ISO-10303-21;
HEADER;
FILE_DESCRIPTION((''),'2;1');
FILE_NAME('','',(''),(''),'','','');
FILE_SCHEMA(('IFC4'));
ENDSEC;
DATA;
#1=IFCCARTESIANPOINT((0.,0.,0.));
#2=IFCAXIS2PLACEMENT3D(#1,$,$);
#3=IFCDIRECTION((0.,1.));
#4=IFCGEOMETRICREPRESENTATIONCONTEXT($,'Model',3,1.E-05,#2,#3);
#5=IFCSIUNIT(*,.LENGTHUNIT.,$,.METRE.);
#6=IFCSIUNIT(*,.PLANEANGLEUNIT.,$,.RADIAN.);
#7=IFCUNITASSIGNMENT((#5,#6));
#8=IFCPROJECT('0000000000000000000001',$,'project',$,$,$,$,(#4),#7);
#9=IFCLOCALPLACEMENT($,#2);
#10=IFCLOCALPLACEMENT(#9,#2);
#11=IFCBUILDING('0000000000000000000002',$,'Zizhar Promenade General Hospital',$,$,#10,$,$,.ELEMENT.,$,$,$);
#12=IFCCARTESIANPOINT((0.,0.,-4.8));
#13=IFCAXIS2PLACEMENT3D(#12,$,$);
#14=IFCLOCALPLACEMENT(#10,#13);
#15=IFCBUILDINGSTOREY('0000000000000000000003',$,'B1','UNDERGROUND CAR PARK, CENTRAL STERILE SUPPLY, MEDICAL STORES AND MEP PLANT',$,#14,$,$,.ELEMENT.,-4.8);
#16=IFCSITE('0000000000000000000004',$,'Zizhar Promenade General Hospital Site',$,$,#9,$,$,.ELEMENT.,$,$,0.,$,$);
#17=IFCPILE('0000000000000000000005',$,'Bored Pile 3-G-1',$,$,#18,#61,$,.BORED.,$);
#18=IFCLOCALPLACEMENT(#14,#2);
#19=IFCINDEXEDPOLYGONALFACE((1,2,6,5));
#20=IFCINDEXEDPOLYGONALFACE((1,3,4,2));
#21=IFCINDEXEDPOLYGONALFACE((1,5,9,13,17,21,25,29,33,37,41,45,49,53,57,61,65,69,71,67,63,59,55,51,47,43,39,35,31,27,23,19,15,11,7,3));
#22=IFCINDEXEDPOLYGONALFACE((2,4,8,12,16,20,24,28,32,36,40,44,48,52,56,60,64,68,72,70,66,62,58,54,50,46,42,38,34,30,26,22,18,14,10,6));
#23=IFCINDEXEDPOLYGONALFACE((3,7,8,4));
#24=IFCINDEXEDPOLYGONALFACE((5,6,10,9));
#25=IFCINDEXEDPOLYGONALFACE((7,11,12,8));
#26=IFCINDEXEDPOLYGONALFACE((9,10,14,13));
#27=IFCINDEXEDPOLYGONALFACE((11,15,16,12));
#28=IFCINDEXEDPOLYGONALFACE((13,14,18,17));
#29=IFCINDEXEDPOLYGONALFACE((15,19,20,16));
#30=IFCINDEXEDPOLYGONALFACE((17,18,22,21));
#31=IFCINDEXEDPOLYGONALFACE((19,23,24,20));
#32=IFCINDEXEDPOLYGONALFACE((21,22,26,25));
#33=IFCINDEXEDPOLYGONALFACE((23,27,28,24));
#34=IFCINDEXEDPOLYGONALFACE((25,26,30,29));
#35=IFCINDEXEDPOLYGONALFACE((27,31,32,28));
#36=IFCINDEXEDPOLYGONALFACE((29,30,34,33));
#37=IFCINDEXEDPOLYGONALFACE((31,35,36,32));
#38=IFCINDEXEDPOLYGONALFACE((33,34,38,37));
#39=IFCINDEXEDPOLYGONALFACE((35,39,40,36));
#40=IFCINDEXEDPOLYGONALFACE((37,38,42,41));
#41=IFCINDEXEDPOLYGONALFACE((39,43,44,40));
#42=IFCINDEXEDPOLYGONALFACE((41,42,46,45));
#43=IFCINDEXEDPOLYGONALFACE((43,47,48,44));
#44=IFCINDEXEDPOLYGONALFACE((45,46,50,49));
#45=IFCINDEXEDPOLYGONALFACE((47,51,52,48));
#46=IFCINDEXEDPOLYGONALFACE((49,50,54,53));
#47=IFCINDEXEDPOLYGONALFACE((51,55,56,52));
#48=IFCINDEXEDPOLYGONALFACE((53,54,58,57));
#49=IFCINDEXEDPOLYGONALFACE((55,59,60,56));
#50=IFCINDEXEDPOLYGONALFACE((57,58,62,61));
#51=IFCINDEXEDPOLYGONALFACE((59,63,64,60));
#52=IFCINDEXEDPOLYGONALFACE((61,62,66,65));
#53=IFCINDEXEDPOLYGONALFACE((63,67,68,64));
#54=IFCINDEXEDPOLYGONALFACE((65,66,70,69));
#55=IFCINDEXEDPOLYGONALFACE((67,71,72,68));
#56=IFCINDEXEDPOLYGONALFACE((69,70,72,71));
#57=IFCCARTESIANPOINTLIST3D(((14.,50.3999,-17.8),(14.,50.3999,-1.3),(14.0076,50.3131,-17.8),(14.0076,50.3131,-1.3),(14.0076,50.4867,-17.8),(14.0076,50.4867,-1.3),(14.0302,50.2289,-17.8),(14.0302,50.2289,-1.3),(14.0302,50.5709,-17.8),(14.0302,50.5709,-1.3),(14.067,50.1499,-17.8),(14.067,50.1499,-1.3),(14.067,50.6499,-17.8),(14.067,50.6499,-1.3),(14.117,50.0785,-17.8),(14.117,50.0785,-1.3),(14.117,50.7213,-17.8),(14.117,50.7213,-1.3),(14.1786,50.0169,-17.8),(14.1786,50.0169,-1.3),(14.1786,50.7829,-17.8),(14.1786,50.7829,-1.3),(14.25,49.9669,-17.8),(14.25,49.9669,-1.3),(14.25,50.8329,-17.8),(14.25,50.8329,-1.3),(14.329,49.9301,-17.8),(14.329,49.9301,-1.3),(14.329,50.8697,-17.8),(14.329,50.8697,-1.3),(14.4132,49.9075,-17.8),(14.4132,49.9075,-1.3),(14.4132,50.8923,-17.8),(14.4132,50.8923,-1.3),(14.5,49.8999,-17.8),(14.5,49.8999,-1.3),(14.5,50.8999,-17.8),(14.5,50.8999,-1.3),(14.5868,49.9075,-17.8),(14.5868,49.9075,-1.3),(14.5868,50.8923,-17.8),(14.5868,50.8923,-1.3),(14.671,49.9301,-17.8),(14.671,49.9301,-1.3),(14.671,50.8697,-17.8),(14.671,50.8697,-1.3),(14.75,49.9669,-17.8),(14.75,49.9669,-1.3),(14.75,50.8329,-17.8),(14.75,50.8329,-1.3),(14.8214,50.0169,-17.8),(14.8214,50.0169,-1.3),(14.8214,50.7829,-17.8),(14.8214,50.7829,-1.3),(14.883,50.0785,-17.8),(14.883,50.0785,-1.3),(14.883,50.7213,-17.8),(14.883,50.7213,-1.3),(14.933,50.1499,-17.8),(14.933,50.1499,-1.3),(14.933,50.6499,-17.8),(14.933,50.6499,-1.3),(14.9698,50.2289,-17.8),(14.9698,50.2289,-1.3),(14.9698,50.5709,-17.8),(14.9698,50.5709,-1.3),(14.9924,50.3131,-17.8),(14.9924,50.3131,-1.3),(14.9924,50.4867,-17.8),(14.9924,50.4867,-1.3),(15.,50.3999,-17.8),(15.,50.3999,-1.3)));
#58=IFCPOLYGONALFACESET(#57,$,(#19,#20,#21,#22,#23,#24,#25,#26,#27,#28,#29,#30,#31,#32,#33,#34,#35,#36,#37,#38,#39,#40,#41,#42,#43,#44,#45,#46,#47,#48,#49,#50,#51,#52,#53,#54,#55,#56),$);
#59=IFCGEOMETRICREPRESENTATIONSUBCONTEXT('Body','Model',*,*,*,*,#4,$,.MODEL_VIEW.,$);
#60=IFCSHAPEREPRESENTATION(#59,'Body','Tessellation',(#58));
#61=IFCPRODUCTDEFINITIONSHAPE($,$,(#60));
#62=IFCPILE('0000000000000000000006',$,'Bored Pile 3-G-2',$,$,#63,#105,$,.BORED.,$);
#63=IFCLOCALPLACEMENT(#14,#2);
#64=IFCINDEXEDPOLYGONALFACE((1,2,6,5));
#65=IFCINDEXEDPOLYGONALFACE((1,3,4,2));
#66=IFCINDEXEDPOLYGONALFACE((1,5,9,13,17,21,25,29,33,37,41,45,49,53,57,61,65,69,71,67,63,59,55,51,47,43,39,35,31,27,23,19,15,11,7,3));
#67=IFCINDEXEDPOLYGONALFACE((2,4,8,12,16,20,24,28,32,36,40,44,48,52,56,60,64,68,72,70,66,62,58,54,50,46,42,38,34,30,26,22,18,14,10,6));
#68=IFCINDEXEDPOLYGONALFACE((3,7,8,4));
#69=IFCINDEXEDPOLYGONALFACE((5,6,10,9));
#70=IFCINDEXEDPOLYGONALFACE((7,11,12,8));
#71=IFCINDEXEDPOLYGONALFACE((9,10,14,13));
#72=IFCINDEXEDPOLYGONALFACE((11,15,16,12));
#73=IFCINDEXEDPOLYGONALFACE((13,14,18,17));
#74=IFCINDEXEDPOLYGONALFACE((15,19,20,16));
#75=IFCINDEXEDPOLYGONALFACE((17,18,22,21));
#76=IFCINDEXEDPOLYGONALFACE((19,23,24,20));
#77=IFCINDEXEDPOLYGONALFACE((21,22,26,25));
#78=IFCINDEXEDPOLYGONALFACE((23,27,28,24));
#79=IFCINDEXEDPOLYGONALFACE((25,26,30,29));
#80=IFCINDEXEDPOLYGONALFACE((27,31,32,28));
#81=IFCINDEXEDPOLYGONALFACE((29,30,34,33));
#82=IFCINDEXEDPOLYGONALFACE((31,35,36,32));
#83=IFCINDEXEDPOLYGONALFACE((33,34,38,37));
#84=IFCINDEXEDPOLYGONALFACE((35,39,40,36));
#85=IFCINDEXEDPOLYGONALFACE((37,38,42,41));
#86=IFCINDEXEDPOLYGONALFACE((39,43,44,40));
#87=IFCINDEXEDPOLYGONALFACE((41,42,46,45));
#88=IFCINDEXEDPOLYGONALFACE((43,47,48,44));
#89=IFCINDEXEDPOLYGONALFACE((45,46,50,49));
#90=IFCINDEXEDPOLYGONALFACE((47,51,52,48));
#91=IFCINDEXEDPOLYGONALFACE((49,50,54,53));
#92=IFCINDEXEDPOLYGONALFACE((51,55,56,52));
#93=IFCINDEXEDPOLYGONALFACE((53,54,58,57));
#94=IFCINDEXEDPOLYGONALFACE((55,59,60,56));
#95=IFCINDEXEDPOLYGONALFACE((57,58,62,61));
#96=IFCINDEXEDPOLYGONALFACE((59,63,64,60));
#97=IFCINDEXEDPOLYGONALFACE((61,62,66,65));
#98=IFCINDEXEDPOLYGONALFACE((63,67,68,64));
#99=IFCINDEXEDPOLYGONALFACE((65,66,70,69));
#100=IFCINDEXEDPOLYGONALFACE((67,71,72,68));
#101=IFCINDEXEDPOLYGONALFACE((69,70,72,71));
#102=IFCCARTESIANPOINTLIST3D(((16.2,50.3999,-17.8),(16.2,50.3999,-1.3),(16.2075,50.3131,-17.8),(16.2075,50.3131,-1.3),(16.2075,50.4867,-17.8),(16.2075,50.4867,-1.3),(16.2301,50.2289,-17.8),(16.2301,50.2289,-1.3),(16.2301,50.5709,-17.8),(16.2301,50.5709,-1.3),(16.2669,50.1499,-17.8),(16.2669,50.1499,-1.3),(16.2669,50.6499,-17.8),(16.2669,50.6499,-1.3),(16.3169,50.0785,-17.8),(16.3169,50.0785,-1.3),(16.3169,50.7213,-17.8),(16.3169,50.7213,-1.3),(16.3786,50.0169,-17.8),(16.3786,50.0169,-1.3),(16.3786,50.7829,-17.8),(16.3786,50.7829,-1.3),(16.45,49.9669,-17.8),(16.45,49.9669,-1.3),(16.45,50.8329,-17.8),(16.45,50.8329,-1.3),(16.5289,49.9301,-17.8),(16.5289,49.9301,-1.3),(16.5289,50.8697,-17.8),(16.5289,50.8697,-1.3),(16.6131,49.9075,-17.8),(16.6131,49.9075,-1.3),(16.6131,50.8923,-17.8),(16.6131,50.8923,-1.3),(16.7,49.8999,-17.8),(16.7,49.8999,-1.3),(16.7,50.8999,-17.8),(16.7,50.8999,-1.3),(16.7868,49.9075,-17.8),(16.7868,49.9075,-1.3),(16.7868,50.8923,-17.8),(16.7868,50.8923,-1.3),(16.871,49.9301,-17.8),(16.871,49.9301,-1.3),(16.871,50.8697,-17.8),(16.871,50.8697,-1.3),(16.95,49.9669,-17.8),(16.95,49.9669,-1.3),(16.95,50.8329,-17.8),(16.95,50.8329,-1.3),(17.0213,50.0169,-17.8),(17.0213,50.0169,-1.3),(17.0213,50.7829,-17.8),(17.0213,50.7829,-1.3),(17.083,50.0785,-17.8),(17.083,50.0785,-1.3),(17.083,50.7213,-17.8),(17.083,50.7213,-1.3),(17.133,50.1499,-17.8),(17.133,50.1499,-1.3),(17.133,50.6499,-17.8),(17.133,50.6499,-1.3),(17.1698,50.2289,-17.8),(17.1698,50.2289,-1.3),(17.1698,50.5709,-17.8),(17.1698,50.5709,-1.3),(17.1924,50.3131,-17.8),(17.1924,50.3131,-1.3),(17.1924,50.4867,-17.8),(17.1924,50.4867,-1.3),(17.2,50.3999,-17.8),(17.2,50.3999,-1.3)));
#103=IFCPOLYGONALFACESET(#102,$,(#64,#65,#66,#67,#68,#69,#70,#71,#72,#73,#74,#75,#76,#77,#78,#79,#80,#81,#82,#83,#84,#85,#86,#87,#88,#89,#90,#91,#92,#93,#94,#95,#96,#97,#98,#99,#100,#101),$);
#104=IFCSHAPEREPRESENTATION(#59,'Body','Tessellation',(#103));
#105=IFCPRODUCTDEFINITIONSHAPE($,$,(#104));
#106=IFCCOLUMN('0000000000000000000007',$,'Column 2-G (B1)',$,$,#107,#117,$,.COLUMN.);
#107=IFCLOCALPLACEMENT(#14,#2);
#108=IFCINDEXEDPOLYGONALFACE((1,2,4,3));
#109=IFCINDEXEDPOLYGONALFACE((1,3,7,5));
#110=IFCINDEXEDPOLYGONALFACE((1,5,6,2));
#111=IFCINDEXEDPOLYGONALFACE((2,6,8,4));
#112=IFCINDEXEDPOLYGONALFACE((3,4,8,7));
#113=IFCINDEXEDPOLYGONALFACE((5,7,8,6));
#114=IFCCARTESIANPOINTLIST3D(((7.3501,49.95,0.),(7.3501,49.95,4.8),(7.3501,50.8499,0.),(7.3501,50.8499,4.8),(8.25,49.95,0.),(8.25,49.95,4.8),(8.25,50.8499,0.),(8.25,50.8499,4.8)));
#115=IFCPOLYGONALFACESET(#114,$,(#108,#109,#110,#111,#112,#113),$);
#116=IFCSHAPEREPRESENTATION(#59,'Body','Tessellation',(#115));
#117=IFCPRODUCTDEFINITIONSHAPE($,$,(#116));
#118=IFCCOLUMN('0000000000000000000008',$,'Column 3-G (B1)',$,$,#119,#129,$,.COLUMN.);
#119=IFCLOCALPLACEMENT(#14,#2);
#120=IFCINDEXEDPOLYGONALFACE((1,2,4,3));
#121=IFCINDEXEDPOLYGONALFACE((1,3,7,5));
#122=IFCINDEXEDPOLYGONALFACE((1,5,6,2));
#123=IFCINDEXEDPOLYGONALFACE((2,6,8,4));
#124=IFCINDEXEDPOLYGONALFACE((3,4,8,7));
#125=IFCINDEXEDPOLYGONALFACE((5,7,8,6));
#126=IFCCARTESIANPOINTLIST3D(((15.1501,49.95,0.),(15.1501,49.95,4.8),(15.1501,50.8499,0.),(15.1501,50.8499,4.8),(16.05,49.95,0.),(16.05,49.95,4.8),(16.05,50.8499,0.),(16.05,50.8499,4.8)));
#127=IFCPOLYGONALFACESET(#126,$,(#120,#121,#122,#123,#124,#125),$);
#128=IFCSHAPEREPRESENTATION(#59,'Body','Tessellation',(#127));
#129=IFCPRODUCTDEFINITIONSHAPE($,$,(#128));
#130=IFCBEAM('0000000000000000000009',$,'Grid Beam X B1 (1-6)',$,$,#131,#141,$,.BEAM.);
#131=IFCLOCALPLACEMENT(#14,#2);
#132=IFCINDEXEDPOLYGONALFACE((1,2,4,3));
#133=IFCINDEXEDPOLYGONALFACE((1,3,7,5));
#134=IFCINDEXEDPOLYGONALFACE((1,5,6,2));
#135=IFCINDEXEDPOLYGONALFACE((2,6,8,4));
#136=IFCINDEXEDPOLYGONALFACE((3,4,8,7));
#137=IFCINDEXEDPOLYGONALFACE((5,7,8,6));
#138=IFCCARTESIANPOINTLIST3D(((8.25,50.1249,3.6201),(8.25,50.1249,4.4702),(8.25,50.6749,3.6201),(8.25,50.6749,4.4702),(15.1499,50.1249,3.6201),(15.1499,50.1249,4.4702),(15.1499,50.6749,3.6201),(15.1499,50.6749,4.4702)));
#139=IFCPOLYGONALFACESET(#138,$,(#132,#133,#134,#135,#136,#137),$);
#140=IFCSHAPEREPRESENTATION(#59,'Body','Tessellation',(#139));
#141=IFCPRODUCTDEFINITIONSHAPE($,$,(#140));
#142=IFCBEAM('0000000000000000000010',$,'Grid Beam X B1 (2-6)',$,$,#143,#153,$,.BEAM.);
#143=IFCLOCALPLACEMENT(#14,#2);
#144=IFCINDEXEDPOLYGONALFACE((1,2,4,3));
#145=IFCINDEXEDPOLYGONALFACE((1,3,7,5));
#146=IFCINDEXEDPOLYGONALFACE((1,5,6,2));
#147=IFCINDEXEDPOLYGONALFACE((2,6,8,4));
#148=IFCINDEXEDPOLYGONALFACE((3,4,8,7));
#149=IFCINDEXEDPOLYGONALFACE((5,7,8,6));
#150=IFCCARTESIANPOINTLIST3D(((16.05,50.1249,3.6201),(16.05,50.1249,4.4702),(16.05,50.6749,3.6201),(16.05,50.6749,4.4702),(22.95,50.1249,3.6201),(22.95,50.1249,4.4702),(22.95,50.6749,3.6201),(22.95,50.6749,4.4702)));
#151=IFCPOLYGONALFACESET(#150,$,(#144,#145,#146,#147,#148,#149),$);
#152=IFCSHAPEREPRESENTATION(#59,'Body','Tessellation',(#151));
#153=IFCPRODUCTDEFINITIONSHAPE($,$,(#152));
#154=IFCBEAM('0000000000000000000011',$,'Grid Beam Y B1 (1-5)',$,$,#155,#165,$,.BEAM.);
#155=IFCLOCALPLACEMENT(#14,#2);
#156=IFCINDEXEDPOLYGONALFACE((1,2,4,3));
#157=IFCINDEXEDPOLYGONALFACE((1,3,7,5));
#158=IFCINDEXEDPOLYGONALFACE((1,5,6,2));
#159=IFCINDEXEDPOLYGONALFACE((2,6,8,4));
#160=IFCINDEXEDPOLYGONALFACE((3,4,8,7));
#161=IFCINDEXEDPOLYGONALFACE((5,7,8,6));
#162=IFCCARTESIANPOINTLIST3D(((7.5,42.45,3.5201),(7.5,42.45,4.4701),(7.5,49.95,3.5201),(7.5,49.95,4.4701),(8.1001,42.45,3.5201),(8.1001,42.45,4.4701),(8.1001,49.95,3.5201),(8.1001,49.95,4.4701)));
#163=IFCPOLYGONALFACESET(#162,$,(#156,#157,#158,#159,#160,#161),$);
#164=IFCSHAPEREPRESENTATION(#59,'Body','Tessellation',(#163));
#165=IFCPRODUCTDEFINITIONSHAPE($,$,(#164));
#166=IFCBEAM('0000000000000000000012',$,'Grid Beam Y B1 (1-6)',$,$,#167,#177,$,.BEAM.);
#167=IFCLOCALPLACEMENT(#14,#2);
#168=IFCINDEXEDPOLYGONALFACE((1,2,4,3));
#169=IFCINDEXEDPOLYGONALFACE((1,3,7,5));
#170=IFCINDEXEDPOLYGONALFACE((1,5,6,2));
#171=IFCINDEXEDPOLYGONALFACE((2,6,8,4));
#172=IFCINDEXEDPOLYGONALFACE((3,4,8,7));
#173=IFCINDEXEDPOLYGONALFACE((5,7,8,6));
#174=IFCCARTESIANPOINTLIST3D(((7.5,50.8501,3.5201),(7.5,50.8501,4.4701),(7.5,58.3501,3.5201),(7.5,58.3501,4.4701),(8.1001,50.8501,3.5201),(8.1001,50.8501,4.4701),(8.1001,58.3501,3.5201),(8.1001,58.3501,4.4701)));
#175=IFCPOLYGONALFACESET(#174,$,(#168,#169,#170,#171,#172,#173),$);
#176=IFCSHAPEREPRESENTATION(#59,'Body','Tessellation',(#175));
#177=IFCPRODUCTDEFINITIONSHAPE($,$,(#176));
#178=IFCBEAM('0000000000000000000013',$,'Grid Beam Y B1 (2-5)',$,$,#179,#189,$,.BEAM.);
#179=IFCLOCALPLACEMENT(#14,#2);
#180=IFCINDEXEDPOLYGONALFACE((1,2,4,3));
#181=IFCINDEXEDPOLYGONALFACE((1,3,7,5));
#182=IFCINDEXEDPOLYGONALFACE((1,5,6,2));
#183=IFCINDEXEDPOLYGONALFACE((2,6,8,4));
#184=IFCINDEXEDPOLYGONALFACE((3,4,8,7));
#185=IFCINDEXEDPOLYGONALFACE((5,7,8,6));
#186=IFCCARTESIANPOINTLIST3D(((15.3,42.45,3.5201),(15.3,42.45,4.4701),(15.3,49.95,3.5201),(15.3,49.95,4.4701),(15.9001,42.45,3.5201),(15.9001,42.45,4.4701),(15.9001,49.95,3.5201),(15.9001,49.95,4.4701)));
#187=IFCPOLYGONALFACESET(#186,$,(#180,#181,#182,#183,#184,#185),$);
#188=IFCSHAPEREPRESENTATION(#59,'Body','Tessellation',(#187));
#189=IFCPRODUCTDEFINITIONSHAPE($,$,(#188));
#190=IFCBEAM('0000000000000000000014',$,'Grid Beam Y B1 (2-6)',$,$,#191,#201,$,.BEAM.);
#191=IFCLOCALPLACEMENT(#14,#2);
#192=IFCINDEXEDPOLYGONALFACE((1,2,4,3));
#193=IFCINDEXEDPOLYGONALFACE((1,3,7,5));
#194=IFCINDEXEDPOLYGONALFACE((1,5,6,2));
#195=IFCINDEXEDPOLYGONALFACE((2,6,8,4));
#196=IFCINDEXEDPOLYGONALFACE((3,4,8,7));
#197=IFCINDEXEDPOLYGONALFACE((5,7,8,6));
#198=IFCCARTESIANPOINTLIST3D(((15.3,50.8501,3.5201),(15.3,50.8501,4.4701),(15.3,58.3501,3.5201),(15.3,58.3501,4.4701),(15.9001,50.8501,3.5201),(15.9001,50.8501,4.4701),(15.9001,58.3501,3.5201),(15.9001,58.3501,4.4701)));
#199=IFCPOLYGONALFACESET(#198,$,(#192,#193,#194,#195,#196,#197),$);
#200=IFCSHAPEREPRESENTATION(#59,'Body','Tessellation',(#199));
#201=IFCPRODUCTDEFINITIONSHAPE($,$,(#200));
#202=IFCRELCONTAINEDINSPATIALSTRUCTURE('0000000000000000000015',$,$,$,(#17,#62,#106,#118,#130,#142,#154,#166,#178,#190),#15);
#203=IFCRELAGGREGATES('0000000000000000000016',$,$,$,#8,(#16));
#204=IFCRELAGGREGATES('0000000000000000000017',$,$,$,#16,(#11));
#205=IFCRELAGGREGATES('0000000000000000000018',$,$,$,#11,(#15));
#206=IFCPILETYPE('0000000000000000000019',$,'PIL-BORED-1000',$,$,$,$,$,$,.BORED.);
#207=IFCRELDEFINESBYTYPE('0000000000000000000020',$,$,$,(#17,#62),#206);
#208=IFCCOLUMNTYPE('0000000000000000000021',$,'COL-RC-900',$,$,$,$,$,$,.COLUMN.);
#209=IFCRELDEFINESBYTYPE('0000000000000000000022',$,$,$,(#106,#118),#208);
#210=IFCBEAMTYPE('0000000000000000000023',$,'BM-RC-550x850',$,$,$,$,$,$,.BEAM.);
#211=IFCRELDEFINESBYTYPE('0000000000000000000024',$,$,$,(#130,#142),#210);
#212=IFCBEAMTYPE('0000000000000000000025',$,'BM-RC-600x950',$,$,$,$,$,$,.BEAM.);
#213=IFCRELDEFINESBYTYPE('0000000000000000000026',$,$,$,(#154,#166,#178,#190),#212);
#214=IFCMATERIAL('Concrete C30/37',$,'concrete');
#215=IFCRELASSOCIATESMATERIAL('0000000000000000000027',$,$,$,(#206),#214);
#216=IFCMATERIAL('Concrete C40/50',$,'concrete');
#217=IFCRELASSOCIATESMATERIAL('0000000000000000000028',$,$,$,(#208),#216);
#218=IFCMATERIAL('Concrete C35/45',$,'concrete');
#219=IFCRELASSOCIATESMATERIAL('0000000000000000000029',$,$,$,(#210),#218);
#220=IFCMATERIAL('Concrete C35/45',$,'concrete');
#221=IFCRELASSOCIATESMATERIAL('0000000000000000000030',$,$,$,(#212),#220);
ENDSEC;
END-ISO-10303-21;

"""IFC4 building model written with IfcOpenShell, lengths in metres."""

from ifc_helpers import new_model, si_unit, direction, frame, origin, origin_2d, place, context, subcontext, project, spatial, rectangle, circle, extrude, material, material_profile, profile_set, type_object, element, save


model = new_model("IFC4")

# Units and contexts
model_context = context("Model", 3, precision=1e-05, world=origin(), true_north=direction((0.0, 1.0)))
body_context = subcontext(model_context, "Body", "Model", "MODEL_VIEW")
ifc_project = project(units=[si_unit("LENGTHUNIT", "METRE"), si_unit("PLANEANGLEUNIT", "RADIAN")], contexts=[model_context])

# Site, building, storey
site_placement = place(None, origin())
site = spatial("IfcSite", under=ifc_project, at=site_placement, Name="Zizhar Promenade General Hospital Site", CompositionType="ELEMENT", RefElevation=0.0)
building_placement = place(site_placement, origin())
building = spatial("IfcBuilding", under=site, at=building_placement, Name="Zizhar Promenade General Hospital", CompositionType="ELEMENT")
storey_placement = place(building_placement, frame((0.0, 0.0, -4.8)))
storey = spatial("IfcBuildingStorey", under=building, at=storey_placement, Name="B1", Description="UNDERGROUND CAR PARK, CENTRAL STERILE SUPPLY, MEDICAL STORES AND MEP PLANT", CompositionType="ELEMENT", Elevation=-4.8)

# Piles
ifc_material_1 = material(Name="Concrete C30/37", Category="concrete")
ifc_material_profile_1 = material_profile(ifc_material_1, circle(Radius=0.5, at=origin_2d()))
ifc_profile_set_1 = profile_set([ifc_material_profile_1], Name="Concrete C30/37")
pile_type = type_object("IfcPileType", Name="PIL-BORED-1000", PredefinedType="BORED", material=ifc_profile_set_1)
for number, where, z_axis, x_axis, name in (
    (1, (14.5, 50.3999, -1.3), (0.0, 0.0, -1.0), (1.0, 0.0, 0.0), "Bored Pile 3-G-1"),
    (2, (16.7, 50.3999, -1.3), (0.0, 0.0, -1.0), (1.0, 0.0, 0.0), "Bored Pile 3-G-2"),
):
    element("IfcPile", number, at=place(storey_placement, frame(where, z_axis=z_axis, x_axis=x_axis)), inside=storey, type_object=pile_type, Name=name, PredefinedType="BORED", context=body_context, shape_type="SweptSolid", body=[
        extrude(circle(Radius=0.5, at=origin_2d()), origin(), (0.0, 0.0, 1.0), 16.5),
    ])

# Columns
ifc_material_2 = material(Name="Concrete C40/50", Category="concrete")
ifc_material_profile_2 = material_profile(ifc_material_2, rectangle(XDim=0.8999, YDim=0.8999, at=origin_2d()))
ifc_profile_set_2 = profile_set([ifc_material_profile_2], Name="Concrete C40/50")
column_type = type_object("IfcColumnType", Name="COL-RC-900", PredefinedType="COLUMN", material=ifc_profile_set_2)
for number, where, z_axis, x_axis, name in (
    (3, (7.8, 50.3999, 0.0), (0.0, 0.0, 1.0), (1.0, 0.0, 0.0), "Column 2-G (B1)"),
    (4, (15.6001, 50.3999, 0.0), (0.0, 0.0, 1.0), (1.0, 0.0, 0.0), "Column 3-G (B1)"),
):
    element("IfcColumn", number, at=place(storey_placement, frame(where, z_axis=z_axis, x_axis=x_axis)), inside=storey, type_object=column_type, Name=name, PredefinedType="COLUMN", context=body_context, shape_type="SweptSolid", body=[
        extrude(rectangle(XDim=0.8999, YDim=0.8999, at=origin_2d()), origin(), (0.0, 0.0, 1.0), 4.8),
    ])

# Beams
ifc_material_3 = material(Name="Concrete C35/45", Category="concrete")
ifc_material_profile_3 = material_profile(ifc_material_3, rectangle(XDim=0.55, YDim=0.8501, at=origin_2d()))
ifc_profile_set_3 = profile_set([ifc_material_profile_3], Name="Concrete C35/45")
beam_type_1 = type_object("IfcBeamType", Name="BM-RC-550x850", PredefinedType="BEAM", material=ifc_profile_set_3)
for number, where, z_axis, x_axis, name in (
    (5, (8.25, 50.3999, 4.0452), (1.0, 0.0, 0.0), (0.0, 1.0, 0.0), "Grid Beam X B1 (1-6)"),
    (6, (16.05, 50.3999, 4.0452), (1.0, 0.0, 0.0), (0.0, 1.0, 0.0), "Grid Beam X B1 (2-6)"),
):
    element("IfcBeam", number, at=place(storey_placement, frame(where, z_axis=z_axis, x_axis=x_axis)), inside=storey, type_object=beam_type_1, Name=name, PredefinedType="BEAM", context=body_context, shape_type="SweptSolid", body=[
        extrude(rectangle(XDim=0.55, YDim=0.8501, at=origin_2d()), origin(), (0.0, 0.0, 1.0), 6.8999),
    ])
ifc_material_4 = material(Name="Concrete C35/45", Category="concrete")
ifc_material_profile_4 = material_profile(ifc_material_4, rectangle(XDim=0.6001, YDim=0.95, at=origin_2d()))
ifc_profile_set_4 = profile_set([ifc_material_profile_4], Name="Concrete C35/45")
beam_type_2 = type_object("IfcBeamType", Name="BM-RC-600x950", PredefinedType="BEAM", material=ifc_profile_set_4)
for number, where, z_axis, x_axis, name in (
    (7, (7.8, 42.45, 3.9951), (0.0, 1.0, 0.0), (-1.0, 0.0, 0.0), "Grid Beam Y B1 (1-5)"),
    (8, (7.8, 50.8501, 3.9951), (0.0, 1.0, 0.0), (-1.0, 0.0, 0.0), "Grid Beam Y B1 (1-6)"),
    (9, (15.6001, 42.45, 3.9951), (0.0, 1.0, 0.0), (-1.0, 0.0, 0.0), "Grid Beam Y B1 (2-5)"),
    (10, (15.6001, 50.8501, 3.9951), (0.0, 1.0, 0.0), (-1.0, 0.0, 0.0), "Grid Beam Y B1 (2-6)"),
):
    element("IfcBeam", number, at=place(storey_placement, frame(where, z_axis=z_axis, x_axis=x_axis)), inside=storey, type_object=beam_type_2, Name=name, PredefinedType="BEAM", context=body_context, shape_type="SweptSolid", body=[
        extrude(rectangle(XDim=0.6001, YDim=0.95, at=origin_2d()), origin(), (0.0, 0.0, 1.0), 7.5),
    ])

save(model, "model.ifc")
